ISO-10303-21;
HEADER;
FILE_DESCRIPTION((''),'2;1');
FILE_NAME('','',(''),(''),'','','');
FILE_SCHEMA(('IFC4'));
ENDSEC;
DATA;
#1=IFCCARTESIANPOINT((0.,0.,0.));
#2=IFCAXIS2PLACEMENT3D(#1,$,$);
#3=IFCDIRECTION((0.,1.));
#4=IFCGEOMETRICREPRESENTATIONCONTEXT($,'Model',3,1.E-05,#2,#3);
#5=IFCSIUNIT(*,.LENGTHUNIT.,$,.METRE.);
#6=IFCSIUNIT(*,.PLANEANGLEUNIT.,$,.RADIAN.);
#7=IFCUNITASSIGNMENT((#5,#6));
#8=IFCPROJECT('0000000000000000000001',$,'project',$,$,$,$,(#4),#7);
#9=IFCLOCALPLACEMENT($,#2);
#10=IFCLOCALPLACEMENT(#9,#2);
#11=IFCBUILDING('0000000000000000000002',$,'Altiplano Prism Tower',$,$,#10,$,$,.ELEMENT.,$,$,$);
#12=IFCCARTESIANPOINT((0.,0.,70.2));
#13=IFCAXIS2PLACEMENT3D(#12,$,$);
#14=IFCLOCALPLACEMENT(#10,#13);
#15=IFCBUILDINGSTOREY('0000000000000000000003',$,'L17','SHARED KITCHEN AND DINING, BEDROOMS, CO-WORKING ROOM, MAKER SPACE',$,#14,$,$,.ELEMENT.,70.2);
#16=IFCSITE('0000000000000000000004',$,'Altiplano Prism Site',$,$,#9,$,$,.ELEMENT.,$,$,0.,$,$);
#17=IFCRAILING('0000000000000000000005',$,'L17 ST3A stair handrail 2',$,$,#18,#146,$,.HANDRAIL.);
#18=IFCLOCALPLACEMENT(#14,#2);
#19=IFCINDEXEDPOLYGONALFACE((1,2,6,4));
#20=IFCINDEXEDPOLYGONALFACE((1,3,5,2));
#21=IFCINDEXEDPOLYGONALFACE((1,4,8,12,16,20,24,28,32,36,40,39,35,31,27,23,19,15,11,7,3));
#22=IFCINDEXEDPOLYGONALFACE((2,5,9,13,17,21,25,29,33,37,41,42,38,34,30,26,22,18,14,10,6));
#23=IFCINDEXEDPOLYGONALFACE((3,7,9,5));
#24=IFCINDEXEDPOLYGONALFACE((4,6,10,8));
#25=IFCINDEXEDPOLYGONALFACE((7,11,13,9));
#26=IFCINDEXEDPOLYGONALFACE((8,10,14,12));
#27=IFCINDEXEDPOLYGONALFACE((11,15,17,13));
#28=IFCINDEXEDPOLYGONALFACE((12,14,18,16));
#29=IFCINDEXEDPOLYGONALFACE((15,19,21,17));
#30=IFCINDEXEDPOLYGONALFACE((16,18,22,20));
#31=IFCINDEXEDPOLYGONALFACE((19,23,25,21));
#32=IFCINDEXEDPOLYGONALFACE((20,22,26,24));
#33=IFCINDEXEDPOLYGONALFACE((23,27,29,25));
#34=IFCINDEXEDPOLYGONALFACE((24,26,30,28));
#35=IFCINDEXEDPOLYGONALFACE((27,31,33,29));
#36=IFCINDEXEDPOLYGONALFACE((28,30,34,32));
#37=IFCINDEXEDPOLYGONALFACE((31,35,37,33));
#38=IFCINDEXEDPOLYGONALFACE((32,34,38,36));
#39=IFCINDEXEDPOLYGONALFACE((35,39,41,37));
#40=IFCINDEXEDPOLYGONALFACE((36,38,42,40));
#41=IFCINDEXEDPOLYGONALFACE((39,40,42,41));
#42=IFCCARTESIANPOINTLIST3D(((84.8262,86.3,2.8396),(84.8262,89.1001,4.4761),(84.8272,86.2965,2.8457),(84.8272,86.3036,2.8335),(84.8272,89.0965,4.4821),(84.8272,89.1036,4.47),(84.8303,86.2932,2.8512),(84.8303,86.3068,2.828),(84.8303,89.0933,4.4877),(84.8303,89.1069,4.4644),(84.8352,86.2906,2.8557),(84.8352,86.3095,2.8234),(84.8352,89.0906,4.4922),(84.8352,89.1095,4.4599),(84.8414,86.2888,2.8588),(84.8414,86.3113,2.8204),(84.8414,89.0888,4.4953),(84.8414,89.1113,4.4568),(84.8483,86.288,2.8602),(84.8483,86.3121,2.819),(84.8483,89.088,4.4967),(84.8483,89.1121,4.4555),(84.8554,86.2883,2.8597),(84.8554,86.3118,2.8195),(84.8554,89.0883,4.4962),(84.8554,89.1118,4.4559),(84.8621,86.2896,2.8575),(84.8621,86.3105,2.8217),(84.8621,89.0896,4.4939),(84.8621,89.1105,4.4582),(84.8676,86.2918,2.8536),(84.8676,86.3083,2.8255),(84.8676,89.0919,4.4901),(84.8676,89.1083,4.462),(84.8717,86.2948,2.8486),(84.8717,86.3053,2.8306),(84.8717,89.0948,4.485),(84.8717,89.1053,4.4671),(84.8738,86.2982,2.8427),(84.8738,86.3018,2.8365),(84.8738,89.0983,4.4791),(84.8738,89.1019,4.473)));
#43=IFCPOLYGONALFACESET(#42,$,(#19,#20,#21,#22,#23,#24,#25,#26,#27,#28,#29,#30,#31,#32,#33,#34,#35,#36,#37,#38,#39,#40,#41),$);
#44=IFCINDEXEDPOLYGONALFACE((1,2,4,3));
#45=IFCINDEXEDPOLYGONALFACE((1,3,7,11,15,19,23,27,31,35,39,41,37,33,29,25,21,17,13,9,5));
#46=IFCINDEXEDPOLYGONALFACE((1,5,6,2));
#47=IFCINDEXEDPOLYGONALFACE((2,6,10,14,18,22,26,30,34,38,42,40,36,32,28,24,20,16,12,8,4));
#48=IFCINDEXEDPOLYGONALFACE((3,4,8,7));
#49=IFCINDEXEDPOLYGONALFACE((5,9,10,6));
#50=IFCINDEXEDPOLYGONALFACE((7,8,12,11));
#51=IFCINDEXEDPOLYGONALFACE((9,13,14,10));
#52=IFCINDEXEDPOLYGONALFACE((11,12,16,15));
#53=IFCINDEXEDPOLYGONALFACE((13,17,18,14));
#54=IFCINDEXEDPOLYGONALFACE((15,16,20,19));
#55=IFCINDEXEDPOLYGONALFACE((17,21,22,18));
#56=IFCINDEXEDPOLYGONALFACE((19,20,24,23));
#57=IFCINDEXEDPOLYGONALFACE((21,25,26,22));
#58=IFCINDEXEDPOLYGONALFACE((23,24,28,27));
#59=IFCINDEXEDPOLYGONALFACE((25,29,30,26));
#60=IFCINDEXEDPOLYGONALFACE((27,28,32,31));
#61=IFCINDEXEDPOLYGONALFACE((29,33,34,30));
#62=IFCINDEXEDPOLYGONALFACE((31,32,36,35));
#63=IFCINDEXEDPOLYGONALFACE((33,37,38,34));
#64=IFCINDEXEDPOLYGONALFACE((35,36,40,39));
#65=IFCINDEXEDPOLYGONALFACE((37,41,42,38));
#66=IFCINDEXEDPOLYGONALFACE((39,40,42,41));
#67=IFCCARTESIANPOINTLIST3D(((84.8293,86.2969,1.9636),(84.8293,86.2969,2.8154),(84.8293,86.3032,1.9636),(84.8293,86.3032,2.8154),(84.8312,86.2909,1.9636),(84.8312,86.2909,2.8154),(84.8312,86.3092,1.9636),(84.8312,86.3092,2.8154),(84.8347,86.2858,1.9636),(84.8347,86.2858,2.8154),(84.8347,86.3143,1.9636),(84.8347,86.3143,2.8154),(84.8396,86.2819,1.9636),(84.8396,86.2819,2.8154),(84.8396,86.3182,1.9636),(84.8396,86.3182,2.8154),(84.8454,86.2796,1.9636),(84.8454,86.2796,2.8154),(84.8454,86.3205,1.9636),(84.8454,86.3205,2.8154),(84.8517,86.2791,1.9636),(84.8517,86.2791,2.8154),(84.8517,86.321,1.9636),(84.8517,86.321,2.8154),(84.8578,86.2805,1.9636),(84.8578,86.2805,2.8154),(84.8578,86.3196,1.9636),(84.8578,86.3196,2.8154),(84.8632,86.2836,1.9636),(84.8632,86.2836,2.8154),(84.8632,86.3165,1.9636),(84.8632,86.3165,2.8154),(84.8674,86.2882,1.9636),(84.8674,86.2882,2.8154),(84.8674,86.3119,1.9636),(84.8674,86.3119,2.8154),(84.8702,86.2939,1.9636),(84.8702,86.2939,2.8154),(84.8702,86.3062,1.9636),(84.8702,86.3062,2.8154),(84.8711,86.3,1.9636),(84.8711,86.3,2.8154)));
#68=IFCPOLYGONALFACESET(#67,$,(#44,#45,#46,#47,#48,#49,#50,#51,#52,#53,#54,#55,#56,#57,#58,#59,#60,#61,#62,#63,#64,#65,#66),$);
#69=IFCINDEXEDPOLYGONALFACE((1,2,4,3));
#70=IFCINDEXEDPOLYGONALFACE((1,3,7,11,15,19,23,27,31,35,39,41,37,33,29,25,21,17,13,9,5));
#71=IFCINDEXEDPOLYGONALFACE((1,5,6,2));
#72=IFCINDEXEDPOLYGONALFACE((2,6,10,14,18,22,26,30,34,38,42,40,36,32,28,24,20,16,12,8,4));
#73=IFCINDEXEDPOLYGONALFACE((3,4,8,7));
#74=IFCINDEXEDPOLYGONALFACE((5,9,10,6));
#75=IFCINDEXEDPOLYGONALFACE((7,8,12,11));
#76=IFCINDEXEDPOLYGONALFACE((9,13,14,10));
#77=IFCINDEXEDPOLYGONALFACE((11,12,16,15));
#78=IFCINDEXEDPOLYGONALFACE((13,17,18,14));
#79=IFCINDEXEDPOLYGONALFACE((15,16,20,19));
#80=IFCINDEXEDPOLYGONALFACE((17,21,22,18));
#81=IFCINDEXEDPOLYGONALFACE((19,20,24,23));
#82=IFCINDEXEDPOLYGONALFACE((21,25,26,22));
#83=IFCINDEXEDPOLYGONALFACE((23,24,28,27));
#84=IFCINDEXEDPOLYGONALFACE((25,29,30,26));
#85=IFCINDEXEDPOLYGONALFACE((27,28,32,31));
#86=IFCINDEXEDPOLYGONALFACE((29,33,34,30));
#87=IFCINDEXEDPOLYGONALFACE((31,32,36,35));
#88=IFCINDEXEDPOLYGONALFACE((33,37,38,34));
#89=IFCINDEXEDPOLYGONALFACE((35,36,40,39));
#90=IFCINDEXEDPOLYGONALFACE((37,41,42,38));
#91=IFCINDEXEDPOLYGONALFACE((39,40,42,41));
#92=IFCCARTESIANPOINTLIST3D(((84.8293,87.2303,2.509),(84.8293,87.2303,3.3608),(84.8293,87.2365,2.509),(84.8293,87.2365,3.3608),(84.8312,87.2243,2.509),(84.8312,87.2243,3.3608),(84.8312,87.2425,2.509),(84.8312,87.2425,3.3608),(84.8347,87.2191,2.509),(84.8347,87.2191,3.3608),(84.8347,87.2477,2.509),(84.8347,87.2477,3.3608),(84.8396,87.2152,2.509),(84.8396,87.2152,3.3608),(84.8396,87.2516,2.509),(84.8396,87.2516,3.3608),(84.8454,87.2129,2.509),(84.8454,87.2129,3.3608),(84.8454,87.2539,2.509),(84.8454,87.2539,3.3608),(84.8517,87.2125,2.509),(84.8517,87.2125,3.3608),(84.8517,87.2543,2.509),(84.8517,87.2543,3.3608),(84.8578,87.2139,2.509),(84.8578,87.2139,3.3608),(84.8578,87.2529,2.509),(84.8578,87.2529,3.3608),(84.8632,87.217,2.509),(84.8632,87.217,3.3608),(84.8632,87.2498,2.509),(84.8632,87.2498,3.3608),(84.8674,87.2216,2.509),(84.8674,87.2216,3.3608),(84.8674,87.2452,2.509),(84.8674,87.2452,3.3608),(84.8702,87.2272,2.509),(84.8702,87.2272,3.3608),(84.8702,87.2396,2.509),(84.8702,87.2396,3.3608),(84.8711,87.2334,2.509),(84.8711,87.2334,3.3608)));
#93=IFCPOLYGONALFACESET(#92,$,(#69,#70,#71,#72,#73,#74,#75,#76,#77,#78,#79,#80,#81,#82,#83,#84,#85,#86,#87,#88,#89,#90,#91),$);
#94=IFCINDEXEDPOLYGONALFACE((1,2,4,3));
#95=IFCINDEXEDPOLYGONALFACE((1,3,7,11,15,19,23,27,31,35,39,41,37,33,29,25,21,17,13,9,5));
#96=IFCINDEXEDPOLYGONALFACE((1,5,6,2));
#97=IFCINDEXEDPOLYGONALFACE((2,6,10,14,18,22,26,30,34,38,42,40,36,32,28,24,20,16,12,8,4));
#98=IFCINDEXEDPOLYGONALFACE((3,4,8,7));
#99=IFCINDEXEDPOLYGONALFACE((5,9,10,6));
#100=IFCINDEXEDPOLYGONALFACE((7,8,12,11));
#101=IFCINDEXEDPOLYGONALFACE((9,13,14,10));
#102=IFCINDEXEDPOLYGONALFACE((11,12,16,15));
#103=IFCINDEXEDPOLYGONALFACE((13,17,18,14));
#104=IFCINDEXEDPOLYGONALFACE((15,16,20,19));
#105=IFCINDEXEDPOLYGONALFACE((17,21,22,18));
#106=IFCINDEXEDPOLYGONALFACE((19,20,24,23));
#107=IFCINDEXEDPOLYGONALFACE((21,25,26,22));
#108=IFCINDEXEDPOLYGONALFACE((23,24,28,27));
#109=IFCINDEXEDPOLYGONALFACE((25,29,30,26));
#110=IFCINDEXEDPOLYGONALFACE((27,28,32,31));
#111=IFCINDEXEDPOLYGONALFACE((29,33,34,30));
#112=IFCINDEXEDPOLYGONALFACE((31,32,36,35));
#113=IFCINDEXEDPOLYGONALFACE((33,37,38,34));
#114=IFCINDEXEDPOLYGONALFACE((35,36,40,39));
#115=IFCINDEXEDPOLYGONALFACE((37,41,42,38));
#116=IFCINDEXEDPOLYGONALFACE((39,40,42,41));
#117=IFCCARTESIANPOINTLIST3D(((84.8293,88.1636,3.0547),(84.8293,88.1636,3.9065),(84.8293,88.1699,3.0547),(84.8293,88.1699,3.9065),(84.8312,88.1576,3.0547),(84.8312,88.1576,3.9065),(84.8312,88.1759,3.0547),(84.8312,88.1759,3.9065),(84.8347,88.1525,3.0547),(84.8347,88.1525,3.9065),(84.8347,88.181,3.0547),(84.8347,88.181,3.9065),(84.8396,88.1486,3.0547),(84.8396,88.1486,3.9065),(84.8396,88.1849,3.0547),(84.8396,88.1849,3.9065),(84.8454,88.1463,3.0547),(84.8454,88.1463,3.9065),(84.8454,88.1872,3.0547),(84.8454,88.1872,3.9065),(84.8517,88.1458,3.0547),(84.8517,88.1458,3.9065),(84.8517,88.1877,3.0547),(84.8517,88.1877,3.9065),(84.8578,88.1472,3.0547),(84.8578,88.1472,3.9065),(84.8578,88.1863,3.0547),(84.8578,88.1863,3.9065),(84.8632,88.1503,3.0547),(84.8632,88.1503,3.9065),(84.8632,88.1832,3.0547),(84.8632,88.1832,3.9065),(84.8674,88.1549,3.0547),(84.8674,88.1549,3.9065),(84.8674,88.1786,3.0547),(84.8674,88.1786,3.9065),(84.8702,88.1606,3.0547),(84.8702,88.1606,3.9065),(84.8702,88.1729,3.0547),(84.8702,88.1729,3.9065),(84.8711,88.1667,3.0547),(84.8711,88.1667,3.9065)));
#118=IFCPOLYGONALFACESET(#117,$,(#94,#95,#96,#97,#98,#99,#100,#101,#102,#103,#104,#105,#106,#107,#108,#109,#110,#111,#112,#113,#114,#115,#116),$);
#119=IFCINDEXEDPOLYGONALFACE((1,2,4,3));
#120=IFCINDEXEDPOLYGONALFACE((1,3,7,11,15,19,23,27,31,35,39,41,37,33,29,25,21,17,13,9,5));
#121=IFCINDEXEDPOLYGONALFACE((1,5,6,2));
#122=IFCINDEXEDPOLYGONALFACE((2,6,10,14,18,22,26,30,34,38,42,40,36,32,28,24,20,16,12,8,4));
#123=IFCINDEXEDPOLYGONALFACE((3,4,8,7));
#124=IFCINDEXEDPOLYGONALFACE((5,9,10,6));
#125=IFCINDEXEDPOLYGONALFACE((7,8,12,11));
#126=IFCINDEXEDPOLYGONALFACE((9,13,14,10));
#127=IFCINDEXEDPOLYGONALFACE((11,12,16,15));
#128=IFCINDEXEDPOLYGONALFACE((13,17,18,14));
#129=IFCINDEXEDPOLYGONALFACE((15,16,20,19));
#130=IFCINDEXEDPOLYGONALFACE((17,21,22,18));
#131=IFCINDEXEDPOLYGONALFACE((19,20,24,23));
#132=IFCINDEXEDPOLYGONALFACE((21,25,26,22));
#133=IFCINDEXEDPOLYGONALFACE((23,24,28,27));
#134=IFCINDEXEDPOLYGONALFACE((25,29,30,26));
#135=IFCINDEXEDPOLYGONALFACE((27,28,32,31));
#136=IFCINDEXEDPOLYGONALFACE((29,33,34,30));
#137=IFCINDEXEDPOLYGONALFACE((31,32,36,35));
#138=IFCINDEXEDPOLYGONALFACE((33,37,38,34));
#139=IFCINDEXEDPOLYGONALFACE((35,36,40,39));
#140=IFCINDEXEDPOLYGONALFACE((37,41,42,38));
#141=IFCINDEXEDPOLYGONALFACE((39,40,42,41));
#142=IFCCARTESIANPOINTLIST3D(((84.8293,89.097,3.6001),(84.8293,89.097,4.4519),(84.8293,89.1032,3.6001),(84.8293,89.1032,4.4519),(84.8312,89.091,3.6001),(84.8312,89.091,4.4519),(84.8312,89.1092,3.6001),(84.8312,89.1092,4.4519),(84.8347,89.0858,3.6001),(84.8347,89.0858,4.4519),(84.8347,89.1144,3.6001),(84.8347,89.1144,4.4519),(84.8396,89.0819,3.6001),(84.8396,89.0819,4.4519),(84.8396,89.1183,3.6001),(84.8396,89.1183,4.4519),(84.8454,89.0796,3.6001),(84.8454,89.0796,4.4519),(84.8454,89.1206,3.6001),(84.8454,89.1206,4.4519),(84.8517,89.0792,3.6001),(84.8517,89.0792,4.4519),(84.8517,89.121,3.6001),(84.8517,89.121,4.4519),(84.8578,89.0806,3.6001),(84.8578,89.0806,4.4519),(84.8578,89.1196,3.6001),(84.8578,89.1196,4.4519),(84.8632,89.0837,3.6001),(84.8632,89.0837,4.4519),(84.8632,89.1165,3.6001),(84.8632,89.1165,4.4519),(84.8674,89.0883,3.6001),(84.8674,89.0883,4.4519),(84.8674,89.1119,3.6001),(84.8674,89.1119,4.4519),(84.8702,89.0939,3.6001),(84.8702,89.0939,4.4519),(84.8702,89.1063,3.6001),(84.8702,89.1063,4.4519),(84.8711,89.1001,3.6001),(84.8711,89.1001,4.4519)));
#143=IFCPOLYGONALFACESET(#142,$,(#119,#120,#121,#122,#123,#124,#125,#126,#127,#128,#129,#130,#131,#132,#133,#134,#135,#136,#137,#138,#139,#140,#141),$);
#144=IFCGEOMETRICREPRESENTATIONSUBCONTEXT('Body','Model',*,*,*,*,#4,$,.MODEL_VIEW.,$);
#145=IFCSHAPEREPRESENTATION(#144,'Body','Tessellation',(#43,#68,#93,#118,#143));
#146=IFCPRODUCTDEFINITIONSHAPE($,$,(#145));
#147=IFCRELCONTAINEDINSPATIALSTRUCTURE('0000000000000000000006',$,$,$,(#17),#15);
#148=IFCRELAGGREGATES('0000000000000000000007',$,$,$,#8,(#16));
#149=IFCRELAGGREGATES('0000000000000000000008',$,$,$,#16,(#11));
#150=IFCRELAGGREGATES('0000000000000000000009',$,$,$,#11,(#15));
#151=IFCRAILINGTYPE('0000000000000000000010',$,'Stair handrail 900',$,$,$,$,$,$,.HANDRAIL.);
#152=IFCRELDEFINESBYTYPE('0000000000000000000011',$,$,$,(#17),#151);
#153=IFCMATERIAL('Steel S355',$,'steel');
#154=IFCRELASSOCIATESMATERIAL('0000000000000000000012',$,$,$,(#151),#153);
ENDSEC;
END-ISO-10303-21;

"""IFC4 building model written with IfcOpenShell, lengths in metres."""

from ifc_helpers import new_model, si_unit, direction, frame, origin, origin_2d, place, context, subcontext, project, spatial, circle, extrude, material, type_object, element, save


model = new_model("IFC4")

# Units and contexts
model_context = context("Model", 3, precision=1e-05, world=origin(), true_north=direction((0.0, 1.0)))
body_context = subcontext(model_context, "Body", "Model", "MODEL_VIEW")
ifc_project = project(units=[si_unit("LENGTHUNIT", "METRE"), si_unit("PLANEANGLEUNIT", "RADIAN")], contexts=[model_context])

# Site, building, storey
site_placement = place(None, origin())
site = spatial("IfcSite", under=ifc_project, at=site_placement, Name="Altiplano Prism Site", CompositionType="ELEMENT", RefElevation=0.0)
building_placement = place(site_placement, origin())
building = spatial("IfcBuilding", under=site, at=building_placement, Name="Altiplano Prism Tower", CompositionType="ELEMENT")
storey_placement = place(building_placement, frame((0.0, 0.0, 70.2)))
storey = spatial("IfcBuildingStorey", under=building, at=storey_placement, Name="L17", Description="SHARED KITCHEN AND DINING, BEDROOMS, CO-WORKING ROOM, MAKER SPACE", CompositionType="ELEMENT", Elevation=70.2)

# Railing
ifc_material_1 = material(Name="Steel S355", Category="steel")
railing_type = type_object("IfcRailingType", Name="Stair handrail 900", PredefinedType="HANDRAIL", material=ifc_material_1)
for number, where, name in (
    (1, (84.8501, 86.3, 1.9636), "L17 ST3A stair handrail 2"),
):
    element("IfcRailing", number, at=place(storey_placement, frame(where)), inside=storey, type_object=railing_type, Name=name, PredefinedType="HANDRAIL", context=body_context, shape_type="SweptSolid", body=[
        extrude(circle(Radius=0.0239, at=origin_2d()), frame((0.0, 0.0, 0.876), z_axis=(0.0, 0.863361, 0.504587), x_axis=(-1.0, 0.0, 0.0)), (0.0, 0.0, 1.0), 3.2432),
        extrude(circle(Radius=0.021, at=origin_2d()), origin(), (0.0, 0.0, 1.0), 0.8518),
        extrude(circle(Radius=0.021, at=origin_2d()), frame((0.0, 0.9333, 0.5454)), (0.0, 0.0, 1.0), 0.8518),
        extrude(circle(Radius=0.021, at=origin_2d()), frame((0.0, 1.8667, 1.0911)), (0.0, 0.0, 1.0), 0.8518),
        extrude(circle(Radius=0.021, at=origin_2d()), frame((0.0, 2.8, 1.6365)), (0.0, 0.0, 1.0), 0.8518),
    ])

save(model, "model.ifc")
